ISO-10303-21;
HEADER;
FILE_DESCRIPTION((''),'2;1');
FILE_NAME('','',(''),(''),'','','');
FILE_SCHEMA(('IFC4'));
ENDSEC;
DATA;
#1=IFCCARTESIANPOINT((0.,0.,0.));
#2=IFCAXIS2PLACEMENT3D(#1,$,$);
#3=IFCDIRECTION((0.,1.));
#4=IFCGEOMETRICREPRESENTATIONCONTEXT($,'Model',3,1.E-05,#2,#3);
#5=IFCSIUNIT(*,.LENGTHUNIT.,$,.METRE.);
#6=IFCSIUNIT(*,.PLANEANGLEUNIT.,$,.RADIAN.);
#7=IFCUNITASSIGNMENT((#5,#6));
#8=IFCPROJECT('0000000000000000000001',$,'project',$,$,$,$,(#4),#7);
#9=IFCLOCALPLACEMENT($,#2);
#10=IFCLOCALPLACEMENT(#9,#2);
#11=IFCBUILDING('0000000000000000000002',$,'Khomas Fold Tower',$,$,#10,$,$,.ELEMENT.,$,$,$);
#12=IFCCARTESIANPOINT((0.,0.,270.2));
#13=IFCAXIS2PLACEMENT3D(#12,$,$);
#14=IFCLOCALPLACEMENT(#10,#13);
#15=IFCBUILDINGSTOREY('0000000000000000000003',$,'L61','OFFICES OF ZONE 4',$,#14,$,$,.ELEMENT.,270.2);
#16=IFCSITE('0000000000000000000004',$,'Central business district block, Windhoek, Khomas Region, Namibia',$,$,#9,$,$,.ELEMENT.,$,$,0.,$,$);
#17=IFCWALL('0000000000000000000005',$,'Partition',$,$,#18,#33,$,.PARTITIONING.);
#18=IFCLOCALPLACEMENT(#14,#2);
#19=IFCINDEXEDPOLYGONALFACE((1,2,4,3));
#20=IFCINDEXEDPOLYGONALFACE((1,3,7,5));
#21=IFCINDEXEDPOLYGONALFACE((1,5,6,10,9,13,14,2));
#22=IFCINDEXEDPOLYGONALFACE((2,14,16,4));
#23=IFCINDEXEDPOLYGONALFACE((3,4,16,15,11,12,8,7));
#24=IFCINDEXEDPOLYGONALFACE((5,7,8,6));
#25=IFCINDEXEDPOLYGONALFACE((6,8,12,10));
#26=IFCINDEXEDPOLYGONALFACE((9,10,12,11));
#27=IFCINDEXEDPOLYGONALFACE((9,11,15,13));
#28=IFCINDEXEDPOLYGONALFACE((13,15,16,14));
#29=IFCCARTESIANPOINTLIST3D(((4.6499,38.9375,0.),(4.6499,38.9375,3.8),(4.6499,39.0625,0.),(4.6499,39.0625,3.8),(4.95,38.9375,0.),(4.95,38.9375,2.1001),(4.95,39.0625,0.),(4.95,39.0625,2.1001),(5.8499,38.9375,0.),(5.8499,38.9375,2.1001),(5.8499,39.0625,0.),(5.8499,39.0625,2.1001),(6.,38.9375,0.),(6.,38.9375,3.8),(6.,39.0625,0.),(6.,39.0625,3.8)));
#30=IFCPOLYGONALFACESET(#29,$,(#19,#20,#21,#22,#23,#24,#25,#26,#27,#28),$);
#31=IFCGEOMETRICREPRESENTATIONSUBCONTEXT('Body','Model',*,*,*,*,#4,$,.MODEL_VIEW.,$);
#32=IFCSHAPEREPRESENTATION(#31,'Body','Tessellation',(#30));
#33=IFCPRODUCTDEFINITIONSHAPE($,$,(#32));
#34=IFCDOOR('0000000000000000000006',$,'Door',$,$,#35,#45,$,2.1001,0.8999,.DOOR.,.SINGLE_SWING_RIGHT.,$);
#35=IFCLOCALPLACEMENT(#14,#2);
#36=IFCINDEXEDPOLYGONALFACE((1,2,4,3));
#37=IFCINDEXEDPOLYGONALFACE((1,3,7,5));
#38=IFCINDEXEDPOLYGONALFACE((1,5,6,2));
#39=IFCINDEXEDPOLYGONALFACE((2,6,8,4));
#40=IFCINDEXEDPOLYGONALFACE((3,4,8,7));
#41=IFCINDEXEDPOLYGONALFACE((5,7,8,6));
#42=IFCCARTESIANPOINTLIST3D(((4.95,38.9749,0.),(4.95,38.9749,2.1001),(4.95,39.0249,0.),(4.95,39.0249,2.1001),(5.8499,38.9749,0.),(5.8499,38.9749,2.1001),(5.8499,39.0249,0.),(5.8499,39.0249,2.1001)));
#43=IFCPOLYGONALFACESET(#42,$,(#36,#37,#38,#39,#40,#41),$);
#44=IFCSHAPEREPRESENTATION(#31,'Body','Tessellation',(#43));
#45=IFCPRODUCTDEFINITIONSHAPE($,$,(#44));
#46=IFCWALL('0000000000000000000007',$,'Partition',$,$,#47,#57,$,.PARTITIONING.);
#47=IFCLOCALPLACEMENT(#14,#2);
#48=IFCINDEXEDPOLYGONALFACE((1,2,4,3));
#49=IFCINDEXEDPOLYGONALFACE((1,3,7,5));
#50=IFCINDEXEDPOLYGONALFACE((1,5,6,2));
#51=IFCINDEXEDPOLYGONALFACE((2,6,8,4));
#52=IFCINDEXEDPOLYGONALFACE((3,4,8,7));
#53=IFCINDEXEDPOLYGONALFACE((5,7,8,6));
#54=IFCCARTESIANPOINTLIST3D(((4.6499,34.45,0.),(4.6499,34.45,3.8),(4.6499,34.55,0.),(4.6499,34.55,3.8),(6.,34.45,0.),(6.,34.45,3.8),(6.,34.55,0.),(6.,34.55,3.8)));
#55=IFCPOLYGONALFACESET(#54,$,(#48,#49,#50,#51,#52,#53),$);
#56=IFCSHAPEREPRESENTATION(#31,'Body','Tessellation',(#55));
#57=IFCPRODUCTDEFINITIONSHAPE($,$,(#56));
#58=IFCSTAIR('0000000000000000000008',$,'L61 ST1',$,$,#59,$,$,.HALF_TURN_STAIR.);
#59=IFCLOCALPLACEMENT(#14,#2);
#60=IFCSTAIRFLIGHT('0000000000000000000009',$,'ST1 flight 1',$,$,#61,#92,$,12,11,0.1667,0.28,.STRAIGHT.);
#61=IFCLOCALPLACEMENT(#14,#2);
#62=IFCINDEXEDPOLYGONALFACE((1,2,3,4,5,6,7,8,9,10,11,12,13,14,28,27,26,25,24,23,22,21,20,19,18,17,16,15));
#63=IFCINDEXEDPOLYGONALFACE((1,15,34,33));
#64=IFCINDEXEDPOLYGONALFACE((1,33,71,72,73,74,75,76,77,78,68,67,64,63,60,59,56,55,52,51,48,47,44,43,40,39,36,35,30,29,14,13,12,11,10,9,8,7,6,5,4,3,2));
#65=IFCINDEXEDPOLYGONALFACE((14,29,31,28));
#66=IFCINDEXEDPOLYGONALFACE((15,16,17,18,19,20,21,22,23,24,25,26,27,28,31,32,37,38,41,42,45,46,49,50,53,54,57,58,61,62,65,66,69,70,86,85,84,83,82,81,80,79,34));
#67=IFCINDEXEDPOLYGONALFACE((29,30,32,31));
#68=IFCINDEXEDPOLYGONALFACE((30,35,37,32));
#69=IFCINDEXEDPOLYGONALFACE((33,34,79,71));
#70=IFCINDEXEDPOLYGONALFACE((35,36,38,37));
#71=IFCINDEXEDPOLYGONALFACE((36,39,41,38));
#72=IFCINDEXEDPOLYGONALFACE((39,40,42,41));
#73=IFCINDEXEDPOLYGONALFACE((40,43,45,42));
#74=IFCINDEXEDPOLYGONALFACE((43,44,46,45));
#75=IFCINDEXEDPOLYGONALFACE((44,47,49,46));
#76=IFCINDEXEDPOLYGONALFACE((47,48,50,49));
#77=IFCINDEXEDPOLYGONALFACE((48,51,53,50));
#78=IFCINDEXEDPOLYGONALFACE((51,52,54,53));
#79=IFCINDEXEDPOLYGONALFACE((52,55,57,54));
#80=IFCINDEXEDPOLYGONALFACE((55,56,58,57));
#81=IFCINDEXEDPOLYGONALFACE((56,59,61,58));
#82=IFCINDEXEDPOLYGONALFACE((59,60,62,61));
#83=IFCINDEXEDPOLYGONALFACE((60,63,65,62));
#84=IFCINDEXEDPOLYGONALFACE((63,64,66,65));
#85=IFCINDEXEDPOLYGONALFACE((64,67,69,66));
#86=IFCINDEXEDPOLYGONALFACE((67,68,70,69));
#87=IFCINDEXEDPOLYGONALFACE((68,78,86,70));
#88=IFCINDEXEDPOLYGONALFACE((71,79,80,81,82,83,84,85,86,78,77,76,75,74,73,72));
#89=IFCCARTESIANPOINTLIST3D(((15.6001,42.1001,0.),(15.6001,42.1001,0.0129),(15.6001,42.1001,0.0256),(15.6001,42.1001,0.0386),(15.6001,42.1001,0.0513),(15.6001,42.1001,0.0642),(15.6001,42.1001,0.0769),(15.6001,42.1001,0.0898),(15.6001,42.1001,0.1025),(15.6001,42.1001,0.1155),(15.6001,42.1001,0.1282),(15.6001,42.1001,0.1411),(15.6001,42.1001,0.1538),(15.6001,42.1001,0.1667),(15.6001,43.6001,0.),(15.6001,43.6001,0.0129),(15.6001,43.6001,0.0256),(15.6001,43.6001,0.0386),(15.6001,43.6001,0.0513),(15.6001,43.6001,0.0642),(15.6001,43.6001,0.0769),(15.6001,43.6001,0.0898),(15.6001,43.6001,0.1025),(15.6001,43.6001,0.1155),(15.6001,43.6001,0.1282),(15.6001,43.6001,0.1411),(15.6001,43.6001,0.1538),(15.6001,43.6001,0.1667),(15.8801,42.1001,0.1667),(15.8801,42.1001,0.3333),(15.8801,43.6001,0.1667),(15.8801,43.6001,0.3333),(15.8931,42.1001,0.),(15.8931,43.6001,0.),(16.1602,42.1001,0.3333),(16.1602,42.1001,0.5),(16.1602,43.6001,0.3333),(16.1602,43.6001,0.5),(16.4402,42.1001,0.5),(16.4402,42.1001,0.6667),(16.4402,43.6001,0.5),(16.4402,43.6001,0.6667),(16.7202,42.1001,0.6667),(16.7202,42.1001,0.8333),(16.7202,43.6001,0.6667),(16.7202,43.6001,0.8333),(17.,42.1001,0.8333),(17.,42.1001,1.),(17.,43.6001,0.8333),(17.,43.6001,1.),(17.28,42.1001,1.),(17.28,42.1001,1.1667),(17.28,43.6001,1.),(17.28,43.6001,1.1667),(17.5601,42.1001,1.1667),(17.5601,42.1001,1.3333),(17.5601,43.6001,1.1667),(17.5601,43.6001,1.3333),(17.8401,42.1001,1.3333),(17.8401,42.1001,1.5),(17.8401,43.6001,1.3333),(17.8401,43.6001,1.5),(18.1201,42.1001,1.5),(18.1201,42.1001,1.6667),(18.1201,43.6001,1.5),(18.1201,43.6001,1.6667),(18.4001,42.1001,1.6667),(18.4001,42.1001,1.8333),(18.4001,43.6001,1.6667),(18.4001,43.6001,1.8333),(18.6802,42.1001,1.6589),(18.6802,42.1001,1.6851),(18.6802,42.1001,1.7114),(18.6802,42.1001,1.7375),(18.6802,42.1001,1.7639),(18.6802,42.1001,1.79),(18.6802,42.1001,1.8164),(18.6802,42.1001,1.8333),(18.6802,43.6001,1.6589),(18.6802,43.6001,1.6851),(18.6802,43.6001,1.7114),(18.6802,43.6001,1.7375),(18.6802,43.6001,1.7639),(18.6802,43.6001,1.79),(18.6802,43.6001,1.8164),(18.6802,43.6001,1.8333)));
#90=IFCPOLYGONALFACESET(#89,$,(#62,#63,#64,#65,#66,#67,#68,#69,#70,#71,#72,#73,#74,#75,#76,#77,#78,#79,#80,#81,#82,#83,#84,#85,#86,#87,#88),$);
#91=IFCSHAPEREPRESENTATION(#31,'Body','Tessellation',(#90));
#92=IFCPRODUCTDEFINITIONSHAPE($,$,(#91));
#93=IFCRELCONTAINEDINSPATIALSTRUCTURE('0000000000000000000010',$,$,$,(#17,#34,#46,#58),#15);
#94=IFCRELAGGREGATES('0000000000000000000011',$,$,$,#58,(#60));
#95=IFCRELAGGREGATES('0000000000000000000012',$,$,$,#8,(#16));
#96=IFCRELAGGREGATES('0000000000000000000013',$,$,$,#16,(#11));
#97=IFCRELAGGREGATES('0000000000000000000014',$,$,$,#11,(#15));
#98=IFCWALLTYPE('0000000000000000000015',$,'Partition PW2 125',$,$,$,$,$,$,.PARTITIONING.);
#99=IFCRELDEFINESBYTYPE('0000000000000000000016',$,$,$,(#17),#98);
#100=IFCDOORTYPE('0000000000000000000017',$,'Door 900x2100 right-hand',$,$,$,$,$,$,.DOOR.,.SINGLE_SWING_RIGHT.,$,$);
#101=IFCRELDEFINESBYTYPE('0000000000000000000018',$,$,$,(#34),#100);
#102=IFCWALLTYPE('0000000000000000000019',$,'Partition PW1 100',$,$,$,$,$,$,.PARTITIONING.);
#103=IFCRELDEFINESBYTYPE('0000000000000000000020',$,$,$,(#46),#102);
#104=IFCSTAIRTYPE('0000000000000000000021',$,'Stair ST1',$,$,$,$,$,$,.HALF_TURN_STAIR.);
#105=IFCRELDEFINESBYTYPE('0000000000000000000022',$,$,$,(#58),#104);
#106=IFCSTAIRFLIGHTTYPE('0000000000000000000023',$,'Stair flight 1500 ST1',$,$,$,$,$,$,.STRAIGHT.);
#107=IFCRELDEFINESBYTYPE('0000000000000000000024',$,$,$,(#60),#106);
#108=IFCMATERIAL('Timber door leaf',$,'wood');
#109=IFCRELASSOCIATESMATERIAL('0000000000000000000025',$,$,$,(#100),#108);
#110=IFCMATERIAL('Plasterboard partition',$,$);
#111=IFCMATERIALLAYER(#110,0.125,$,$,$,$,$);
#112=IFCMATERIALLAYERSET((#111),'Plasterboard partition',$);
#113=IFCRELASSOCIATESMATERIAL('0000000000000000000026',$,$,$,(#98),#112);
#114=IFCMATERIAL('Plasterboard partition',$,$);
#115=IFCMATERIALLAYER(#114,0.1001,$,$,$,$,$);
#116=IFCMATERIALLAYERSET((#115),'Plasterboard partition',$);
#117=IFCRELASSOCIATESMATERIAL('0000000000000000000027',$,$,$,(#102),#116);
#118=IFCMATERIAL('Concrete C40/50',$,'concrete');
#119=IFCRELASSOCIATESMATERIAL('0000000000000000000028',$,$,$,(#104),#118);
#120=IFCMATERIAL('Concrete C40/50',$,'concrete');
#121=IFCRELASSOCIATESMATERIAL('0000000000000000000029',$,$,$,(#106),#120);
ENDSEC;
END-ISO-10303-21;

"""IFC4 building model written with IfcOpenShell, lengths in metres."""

from ifc_helpers import new_model, si_unit, direction, frame, frame_2d, origin, place, context, subcontext, project, spatial, polyline, rectangle, outline, extrude, source, transform, mapped, material, layer, layer_set, type_object, element, fill, aggregate, save


model = new_model("IFC4")

# Units and contexts
model_context = context("Model", 3, precision=1e-05, world=origin(), true_north=direction((0.0, 1.0)))
body_context = subcontext(model_context, "Body", "Model", "MODEL_VIEW")
ifc_project = project(units=[si_unit("LENGTHUNIT", "METRE"), si_unit("PLANEANGLEUNIT", "RADIAN")], contexts=[model_context])

# Site, building, storey
site_placement = place(None, origin())
site = spatial("IfcSite", under=ifc_project, at=site_placement, Name="Central business district block, Windhoek, Khomas Region, Namibia", CompositionType="ELEMENT", RefElevation=0.0)
building_placement = place(site_placement, origin())
building = spatial("IfcBuilding", under=site, at=building_placement, Name="Khomas Fold Tower", CompositionType="ELEMENT")
storey_placement = place(building_placement, frame((0.0, 0.0, 270.2)))
storey = spatial("IfcBuildingStorey", under=building, at=storey_placement, Name="L61", Description="OFFICES OF ZONE 4", CompositionType="ELEMENT", Elevation=270.2)

# Shared definitions
ifc_material_1 = material(Name="Timber door leaf", Category="wood")
door_type = type_object("IfcDoorType", Name="Door 900x2100 right-hand", OperationType="SINGLE_SWING_RIGHT", PredefinedType="DOOR", material=ifc_material_1)

# Wall, opening, door
ifc_material_2 = material(Name="Plasterboard partition")
ifc_layer_1 = layer(ifc_material_2, 0.125)
ifc_layer_set_1 = layer_set([ifc_layer_1], Name="Plasterboard partition")
wall_type_1 = type_object("IfcWallType", Name="Partition PW2 125", PredefinedType="PARTITIONING", material=ifc_layer_set_1)
shared_shape_1 = source(origin(), body_context, "Body", "SweptSolid", [
    extrude(rectangle(XDim=1.3501, YDim=0.125, at=frame_2d((0.675, 0.0))), origin(), (0.0, 0.0, 1.0), 3.8),
])
wall_1_placement = place(storey_placement, frame((4.6499, 39.0, 0.0), z_axis=(0.0, 0.0, 1.0), x_axis=(1.0, 0.0, 0.0)))
wall_1 = element("IfcWall", 1, at=wall_1_placement, inside=storey, type_object=wall_type_1, Name="Partition", PredefinedType="PARTITIONING", context=body_context, shape_type="MappedRepresentation", body=[
    mapped(shared_shape_1, transform((0.0, 0.0, 0.0))),
])
shared_shape_2 = source(origin(), body_context, "Body", "SweptSolid", [
    extrude(rectangle(XDim=0.8999, YDim=2.1001, at=frame_2d((0.45, 1.05))), frame((0.0, 0.0725, 0.0), z_axis=(0.0, -1.0, 0.0), x_axis=(1.0, 0.0, 0.0)), (0.0, 0.0, 1.0), 0.145),
])
opening_1_placement = place(wall_1_placement, frame((0.3, 0.0, 0.0)))
opening_1 = element("IfcOpeningElement", 2, at=opening_1_placement, cuts=wall_1, PredefinedType="OPENING", context=body_context, shape_type="MappedRepresentation", body=[
    mapped(shared_shape_2, transform((0.0, 0.0, 0.0))),
])
shared_shape_3 = source(origin(), body_context, "Body", "SweptSolid", [
    extrude(rectangle(XDim=0.8999, YDim=2.1001, at=frame_2d((0.45, 1.05))), frame((0.0, 0.0249, 0.0), z_axis=(0.0, -1.0, 0.0), x_axis=(1.0, 0.0, 0.0)), (0.0, 0.0, 1.0), 0.05),
])
door_1_placement = place(opening_1_placement, origin())
door_1 = element("IfcDoor", 3, at=door_1_placement, inside=storey, type_object=door_type, Name="Door", OperationType="SINGLE_SWING_RIGHT", OverallHeight=2.1001, OverallWidth=0.8999, PredefinedType="DOOR", context=body_context, shape_type="MappedRepresentation", body=[
    mapped(shared_shape_3, transform((0.0, 0.0, 0.0))),
])
fill(opening_1, door_1)

# Wall
ifc_material_3 = material(Name="Plasterboard partition")
ifc_layer_2 = layer(ifc_material_3, 0.1001)
ifc_layer_set_2 = layer_set([ifc_layer_2], Name="Plasterboard partition")
wall_type_2 = type_object("IfcWallType", Name="Partition PW1 100", PredefinedType="PARTITIONING", material=ifc_layer_set_2)
shared_shape_4 = source(origin(), body_context, "Body", "SweptSolid", [
    extrude(rectangle(XDim=1.3501, YDim=0.1001, at=frame_2d((0.675, 0.0))), origin(), (0.0, 0.0, 1.0), 3.8),
])
wall_2_placement = place(storey_placement, frame((4.6499, 34.5, 0.0), z_axis=(0.0, 0.0, 1.0), x_axis=(1.0, 0.0, 0.0)))
element("IfcWall", 4, at=wall_2_placement, inside=storey, type_object=wall_type_2, Name="Partition", PredefinedType="PARTITIONING", context=body_context, shape_type="MappedRepresentation", body=[
    mapped(shared_shape_4, transform((0.0, 0.0, 0.0))),
])

# Stair, stair flight
ifc_material_4 = material(Name="Concrete C40/50", Category="concrete")
stair_type = type_object("IfcStairType", Name="Stair ST1", PredefinedType="HALF_TURN_STAIR", material=ifc_material_4)
stair_placement = place(storey_placement, origin())
stair = element("IfcStair", 5, at=stair_placement, inside=storey, type_object=stair_type, Name="L61 ST1", PredefinedType="HALF_TURN_STAIR")
ifc_material_5 = material(Name="Concrete C40/50", Category="concrete")
stair_flight_type = type_object("IfcStairFlightType", Name="Stair flight 1500 ST1", PredefinedType="STRAIGHT", material=ifc_material_5)
shared_shape_5 = source(origin(), body_context, "Body", "SweptSolid", [
    extrude(outline(polyline([(0.0, 0.0), (0.0, 0.0129), (0.0, 0.0256), (0.0, 0.0386), (0.0, 0.0513), (0.0, 0.0642), (0.0, 0.0769), (0.0, 0.0898), (0.0, 0.1025), (0.0, 0.1155), (0.0, 0.1282), (0.0, 0.1411), (0.0, 0.1538), (0.0, 0.1667), (0.28, 0.1667), (0.28, 0.3333), (0.5601, 0.3333), (0.5601, 0.5), (0.8401, 0.5), (0.8401, 0.6667), (1.1201, 0.6667), (1.1201, 0.8333), (1.3999, 0.8333), (1.3999, 1.0), (1.6799, 1.0), (1.6799, 1.1667), (1.96, 1.1667), (1.96, 1.3333), (2.24, 1.3333), (2.24, 1.5), (2.52, 1.5), (2.52, 1.6667), (2.8, 1.6667), (2.8, 1.8333), (3.0801, 1.8333), (3.0801, 2.0), (3.0801, 1.9739), (3.0801, 1.9475), (3.0801, 1.9214), (3.0801, 1.895), (3.0801, 1.8689), (3.0801, 1.8425), (3.0801, 1.8164), (3.0801, 1.79), (3.0801, 1.7639), (3.0801, 1.7375), (3.0801, 1.7114), (3.0801, 1.6851), (3.0801, 1.6589), (0.293, 0.0), (0.0, 0.0)])), frame((0.0, 0.75, 0.0), z_axis=(0.0, -1.0, 0.0), x_axis=(1.0, 0.0, 0.0)), (0.0, 0.0, 1.0), 1.5),
])
stair_flight_placement = place(storey_placement, frame((15.6001, 42.8501, 0.0), z_axis=(0.0, 0.0, 1.0), x_axis=(1.0, 0.0, 0.0)))
stair_flight = element("IfcStairFlight", 6, at=stair_flight_placement, type_object=stair_flight_type, Name="ST1 flight 1", NumberOfRisers=12, NumberOfTreads=11, PredefinedType="STRAIGHT", RiserHeight=0.1667, TreadLength=0.28, context=body_context, shape_type="MappedRepresentation", body=[
    mapped(shared_shape_5, transform((0.0, 0.0, 0.0))),
])
aggregate(stair, [stair_flight])

save(model, "model.ifc")
